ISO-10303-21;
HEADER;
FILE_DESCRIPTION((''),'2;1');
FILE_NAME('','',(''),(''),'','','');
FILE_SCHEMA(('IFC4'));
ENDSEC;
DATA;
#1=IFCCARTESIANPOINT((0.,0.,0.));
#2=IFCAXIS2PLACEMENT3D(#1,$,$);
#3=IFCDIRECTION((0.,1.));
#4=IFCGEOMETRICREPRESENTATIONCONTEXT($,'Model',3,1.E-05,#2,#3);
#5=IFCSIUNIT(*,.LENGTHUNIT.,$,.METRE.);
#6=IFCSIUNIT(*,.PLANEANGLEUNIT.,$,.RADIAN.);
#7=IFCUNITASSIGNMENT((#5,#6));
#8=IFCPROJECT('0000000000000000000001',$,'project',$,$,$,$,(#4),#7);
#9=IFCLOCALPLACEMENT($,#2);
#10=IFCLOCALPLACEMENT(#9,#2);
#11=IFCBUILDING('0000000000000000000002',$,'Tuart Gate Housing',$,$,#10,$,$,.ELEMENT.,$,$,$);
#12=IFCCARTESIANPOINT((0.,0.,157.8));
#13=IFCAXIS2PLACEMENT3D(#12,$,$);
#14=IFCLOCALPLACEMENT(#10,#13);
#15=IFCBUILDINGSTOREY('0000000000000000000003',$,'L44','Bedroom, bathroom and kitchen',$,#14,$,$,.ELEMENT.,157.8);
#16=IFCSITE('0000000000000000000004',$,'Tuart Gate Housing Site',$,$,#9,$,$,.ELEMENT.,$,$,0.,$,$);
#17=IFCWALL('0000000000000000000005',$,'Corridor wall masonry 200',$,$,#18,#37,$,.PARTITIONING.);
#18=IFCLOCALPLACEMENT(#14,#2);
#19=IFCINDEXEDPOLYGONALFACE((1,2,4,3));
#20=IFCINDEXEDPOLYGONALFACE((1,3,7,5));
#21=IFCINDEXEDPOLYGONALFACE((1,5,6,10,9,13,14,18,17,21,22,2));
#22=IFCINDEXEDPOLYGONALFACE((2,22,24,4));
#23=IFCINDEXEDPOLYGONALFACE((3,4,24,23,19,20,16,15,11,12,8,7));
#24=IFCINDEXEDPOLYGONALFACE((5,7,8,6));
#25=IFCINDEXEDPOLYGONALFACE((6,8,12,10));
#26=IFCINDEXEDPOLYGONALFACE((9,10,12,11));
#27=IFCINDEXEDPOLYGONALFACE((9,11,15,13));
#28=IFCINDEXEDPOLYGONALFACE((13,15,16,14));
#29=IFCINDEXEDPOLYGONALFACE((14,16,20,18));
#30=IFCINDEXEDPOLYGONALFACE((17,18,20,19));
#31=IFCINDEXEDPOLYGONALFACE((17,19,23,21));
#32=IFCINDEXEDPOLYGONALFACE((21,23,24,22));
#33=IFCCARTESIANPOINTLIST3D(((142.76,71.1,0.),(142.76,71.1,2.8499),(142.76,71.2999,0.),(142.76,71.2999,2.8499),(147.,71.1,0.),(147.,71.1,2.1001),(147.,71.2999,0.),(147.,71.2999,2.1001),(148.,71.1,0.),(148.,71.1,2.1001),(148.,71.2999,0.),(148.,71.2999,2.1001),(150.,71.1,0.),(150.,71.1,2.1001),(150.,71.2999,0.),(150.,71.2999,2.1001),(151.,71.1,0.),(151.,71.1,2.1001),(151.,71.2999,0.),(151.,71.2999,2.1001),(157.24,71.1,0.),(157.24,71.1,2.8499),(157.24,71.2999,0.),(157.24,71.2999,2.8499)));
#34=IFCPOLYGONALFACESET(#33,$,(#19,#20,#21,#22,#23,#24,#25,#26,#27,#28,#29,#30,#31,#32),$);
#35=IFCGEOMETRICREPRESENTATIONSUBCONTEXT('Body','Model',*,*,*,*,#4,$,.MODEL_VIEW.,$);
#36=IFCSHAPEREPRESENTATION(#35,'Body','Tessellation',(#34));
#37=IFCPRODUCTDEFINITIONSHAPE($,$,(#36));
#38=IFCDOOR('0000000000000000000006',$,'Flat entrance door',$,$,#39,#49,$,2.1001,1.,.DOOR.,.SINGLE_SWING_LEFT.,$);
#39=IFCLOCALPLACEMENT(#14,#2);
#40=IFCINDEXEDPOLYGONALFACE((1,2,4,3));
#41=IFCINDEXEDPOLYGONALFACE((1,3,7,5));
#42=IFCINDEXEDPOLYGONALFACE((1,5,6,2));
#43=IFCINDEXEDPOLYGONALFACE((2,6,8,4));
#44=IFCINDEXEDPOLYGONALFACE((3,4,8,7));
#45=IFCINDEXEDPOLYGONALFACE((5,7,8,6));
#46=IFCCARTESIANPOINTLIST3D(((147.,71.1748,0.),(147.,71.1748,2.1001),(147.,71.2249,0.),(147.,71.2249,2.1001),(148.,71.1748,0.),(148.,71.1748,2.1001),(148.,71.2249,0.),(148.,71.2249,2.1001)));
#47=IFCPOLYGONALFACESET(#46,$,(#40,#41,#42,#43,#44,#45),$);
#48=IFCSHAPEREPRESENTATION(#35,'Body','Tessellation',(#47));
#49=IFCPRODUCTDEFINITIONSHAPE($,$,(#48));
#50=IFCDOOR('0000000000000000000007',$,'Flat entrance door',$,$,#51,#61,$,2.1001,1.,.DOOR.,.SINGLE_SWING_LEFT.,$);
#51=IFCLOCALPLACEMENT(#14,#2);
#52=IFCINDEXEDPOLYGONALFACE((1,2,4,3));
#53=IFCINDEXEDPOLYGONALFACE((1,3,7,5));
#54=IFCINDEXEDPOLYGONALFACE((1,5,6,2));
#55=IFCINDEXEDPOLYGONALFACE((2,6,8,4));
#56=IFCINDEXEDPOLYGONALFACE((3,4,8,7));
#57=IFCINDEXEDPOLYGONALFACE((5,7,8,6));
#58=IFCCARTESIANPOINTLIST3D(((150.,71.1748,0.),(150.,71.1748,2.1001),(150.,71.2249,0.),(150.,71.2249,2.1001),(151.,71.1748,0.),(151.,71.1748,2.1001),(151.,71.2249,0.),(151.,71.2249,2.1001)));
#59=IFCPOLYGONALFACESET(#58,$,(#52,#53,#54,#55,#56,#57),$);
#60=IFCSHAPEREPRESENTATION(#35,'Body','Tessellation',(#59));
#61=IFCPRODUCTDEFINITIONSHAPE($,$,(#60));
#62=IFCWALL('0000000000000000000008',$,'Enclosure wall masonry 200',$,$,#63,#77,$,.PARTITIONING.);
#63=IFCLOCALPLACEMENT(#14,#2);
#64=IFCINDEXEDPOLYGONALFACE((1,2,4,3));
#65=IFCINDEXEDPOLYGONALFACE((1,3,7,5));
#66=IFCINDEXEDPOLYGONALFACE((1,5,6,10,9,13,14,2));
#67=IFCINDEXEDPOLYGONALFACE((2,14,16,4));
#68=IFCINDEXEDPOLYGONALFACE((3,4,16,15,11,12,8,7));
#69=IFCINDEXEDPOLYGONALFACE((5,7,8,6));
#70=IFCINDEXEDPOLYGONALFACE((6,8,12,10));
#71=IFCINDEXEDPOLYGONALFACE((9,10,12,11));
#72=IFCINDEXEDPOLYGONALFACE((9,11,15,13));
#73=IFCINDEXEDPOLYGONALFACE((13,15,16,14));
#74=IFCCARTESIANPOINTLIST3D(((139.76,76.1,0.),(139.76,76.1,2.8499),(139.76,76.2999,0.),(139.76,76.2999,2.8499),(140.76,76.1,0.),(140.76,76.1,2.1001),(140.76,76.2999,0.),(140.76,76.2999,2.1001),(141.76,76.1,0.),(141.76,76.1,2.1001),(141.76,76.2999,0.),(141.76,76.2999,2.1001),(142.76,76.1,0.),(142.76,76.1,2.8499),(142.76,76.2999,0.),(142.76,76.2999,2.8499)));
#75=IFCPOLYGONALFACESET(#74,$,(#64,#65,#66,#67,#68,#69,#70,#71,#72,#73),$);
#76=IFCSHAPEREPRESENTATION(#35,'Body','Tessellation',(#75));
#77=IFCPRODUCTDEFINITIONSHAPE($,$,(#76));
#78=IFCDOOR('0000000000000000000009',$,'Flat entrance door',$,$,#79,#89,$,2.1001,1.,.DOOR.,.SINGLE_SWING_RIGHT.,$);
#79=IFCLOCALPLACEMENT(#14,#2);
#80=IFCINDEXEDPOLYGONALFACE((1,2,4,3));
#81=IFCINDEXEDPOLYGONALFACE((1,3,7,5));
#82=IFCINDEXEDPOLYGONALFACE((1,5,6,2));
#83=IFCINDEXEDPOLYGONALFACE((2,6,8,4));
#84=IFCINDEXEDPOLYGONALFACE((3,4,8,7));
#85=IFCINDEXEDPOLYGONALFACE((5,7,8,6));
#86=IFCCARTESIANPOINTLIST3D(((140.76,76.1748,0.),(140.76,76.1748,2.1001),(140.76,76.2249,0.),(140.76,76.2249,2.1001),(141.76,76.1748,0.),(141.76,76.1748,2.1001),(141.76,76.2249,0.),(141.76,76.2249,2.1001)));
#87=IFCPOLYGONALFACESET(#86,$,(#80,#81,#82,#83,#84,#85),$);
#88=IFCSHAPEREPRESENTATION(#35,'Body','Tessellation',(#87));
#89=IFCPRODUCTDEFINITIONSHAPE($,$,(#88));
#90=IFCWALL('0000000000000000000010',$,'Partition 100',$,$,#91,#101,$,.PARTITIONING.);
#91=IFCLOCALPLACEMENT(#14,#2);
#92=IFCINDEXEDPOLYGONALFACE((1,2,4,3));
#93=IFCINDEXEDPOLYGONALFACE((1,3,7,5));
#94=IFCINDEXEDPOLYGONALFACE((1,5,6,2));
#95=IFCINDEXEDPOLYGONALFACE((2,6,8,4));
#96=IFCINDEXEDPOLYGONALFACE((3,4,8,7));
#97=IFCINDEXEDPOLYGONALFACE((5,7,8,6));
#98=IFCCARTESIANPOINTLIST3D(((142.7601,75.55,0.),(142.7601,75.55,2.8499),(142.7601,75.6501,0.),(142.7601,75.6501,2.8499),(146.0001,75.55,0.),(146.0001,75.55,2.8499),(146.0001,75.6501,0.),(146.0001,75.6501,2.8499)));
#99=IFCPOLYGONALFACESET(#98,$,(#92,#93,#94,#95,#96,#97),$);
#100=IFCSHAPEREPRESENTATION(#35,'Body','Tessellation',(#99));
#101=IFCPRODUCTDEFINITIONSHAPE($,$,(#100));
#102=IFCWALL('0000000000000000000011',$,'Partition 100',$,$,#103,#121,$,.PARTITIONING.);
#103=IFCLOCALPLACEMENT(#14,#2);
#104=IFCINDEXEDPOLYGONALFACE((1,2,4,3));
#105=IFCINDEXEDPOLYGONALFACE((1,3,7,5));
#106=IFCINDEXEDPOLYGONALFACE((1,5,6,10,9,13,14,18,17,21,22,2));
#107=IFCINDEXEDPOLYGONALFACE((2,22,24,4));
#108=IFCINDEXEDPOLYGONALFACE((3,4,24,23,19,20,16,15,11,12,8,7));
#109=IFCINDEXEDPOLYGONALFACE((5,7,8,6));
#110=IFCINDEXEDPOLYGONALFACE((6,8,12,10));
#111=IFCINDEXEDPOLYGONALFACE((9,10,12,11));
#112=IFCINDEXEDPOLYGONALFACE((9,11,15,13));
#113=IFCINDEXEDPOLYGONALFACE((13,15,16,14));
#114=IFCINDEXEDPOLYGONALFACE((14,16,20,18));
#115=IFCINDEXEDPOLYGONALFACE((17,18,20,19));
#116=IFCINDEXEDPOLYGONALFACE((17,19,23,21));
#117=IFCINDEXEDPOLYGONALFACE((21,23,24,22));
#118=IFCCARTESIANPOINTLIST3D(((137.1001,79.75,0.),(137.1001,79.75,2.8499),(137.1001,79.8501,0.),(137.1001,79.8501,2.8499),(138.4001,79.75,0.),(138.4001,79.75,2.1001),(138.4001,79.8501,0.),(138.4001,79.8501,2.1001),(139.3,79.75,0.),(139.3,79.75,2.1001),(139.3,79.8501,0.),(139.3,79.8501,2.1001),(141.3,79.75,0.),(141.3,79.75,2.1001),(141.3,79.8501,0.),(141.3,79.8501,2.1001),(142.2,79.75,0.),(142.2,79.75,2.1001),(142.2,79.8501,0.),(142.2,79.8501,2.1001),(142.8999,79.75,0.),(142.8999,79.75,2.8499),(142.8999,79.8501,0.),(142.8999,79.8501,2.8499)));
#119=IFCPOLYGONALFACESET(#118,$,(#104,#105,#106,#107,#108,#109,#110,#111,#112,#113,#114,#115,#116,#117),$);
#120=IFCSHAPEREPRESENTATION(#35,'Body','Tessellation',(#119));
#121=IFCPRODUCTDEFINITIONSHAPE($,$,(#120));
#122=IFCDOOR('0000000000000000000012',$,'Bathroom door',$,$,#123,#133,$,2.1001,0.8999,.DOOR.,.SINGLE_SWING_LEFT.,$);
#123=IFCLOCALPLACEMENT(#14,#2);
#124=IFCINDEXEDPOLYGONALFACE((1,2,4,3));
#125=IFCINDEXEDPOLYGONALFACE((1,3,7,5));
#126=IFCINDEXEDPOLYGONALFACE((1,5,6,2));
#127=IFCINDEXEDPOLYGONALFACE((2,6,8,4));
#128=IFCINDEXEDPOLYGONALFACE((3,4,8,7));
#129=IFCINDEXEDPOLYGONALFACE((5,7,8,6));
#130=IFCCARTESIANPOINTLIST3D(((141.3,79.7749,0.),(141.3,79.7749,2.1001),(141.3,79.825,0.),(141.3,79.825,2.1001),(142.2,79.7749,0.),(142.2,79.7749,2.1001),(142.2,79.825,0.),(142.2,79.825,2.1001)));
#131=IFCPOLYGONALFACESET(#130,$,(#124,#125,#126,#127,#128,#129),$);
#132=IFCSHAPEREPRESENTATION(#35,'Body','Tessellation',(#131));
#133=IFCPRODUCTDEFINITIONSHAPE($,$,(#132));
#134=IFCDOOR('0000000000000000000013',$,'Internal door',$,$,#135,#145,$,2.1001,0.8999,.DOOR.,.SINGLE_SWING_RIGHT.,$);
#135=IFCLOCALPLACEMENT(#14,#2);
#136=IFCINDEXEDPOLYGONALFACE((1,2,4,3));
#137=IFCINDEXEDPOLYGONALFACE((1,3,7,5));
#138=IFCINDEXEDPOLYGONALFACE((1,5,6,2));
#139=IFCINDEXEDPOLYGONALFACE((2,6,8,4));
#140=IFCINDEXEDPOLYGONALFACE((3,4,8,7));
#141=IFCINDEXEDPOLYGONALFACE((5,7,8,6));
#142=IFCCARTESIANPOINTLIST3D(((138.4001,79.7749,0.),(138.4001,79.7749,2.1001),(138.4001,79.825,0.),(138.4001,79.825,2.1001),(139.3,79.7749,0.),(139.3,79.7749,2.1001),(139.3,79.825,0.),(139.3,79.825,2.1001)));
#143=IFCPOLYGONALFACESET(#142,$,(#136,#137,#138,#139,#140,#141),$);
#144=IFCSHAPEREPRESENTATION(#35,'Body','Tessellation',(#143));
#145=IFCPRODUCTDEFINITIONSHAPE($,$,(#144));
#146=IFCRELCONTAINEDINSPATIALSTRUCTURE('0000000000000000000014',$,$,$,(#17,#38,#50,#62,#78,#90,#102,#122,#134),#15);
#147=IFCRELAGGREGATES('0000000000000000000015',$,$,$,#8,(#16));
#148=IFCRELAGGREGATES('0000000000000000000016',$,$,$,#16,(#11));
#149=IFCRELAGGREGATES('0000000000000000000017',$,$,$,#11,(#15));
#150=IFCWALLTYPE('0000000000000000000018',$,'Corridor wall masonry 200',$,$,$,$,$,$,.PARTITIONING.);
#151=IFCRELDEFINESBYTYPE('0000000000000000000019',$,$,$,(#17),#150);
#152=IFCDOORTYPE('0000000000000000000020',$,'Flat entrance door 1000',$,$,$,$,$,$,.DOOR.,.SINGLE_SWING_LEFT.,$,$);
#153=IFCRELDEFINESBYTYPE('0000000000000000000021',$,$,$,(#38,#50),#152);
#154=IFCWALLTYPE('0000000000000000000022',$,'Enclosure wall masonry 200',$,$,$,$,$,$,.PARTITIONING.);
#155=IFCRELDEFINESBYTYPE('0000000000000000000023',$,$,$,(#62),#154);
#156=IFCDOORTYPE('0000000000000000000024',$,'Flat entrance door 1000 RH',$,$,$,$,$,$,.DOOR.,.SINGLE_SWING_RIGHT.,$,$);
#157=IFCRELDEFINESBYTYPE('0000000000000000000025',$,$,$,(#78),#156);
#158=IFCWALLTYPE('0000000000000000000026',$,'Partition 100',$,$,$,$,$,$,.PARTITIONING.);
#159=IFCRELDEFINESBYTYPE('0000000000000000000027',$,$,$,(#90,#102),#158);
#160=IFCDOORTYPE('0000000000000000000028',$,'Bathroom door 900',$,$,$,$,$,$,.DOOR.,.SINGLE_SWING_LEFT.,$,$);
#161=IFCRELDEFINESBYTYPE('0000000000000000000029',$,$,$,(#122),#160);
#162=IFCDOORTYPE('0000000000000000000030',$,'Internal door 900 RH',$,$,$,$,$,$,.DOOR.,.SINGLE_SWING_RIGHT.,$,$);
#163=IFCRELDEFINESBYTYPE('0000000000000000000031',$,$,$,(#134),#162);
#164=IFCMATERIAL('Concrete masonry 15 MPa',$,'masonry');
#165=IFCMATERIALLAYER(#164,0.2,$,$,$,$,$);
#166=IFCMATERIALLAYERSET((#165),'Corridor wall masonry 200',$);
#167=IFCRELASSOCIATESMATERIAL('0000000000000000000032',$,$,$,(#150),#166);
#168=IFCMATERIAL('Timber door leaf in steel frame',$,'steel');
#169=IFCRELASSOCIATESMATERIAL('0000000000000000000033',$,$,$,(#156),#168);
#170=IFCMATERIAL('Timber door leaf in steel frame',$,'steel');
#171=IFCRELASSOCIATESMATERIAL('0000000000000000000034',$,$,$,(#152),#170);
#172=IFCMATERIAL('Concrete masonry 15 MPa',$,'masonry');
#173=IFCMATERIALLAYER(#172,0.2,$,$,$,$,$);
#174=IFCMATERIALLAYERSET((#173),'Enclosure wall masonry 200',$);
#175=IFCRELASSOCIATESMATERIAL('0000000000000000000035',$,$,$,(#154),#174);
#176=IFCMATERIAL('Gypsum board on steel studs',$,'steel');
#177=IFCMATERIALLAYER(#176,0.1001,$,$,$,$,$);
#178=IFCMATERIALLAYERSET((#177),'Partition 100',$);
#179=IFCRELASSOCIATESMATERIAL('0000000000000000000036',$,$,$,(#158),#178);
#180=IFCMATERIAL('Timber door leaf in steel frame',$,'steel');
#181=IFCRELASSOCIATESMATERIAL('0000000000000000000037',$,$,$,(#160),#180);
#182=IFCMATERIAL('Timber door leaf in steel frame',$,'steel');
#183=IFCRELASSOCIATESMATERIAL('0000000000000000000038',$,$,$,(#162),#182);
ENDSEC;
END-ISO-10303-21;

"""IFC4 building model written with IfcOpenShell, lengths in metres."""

from ifc_helpers import new_model, si_unit, direction, frame, frame_2d, origin, place, context, subcontext, project, spatial, rectangle, extrude, material, layer, layer_set, type_object, element, fill, save


model = new_model("IFC4")

# Units and contexts
model_context = context("Model", 3, precision=1e-05, world=origin(), true_north=direction((0.0, 1.0)))
body_context = subcontext(model_context, "Body", "Model", "MODEL_VIEW")
ifc_project = project(units=[si_unit("LENGTHUNIT", "METRE"), si_unit("PLANEANGLEUNIT", "RADIAN")], contexts=[model_context])

# Site, building, storey
site_placement = place(None, origin())
site = spatial("IfcSite", under=ifc_project, at=site_placement, Name="Tuart Gate Housing Site", CompositionType="ELEMENT", RefElevation=0.0)
building_placement = place(site_placement, origin())
building = spatial("IfcBuilding", under=site, at=building_placement, Name="Tuart Gate Housing", CompositionType="ELEMENT")
storey_placement = place(building_placement, frame((0.0, 0.0, 157.8)))
storey = spatial("IfcBuildingStorey", under=building, at=storey_placement, Name="L44", Description="Bedroom, bathroom and kitchen", CompositionType="ELEMENT", Elevation=157.8)

# Wall, openings, doors
ifc_material_1 = material(Name="Concrete masonry 15 MPa", Category="masonry")
ifc_layer_1 = layer(ifc_material_1, 0.2)
ifc_layer_set_1 = layer_set([ifc_layer_1], Name="Corridor wall masonry 200")
wall_type_1 = type_object("IfcWallType", Name="Corridor wall masonry 200", PredefinedType="PARTITIONING", material=ifc_layer_set_1)
ifc_material_2 = material(Name="Timber door leaf in steel frame", Category="steel")
door_type_1 = type_object("IfcDoorType", Name="Flat entrance door 1000 RH", OperationType="SINGLE_SWING_RIGHT", PredefinedType="DOOR", material=ifc_material_2)
wall_1_placement = place(storey_placement, frame((142.76, 71.2, 0.0), z_axis=(0.0, 0.0, 1.0), x_axis=(1.0, 0.0, 0.0)))
wall_1 = element("IfcWall", 1, at=wall_1_placement, inside=storey, type_object=wall_type_1, Name="Corridor wall masonry 200", PredefinedType="PARTITIONING", context=body_context, shape_type="SweptSolid", body=[
    extrude(rectangle(XDim=14.48, YDim=0.2, at=frame_2d((7.24, 0.0))), origin(), (0.0, 0.0, 1.0), 2.8499),
])
opening_1_placement = place(wall_1_placement, frame((4.24, 0.0, 0.0)))
opening_1 = element("IfcOpeningElement", 2, at=opening_1_placement, cuts=wall_1, PredefinedType="OPENING", context=body_context, shape_type="SweptSolid", body=[
    extrude(rectangle(XDim=1.0, YDim=2.1001, at=frame_2d((0.5, 1.05))), frame((0.0, 0.1099, 0.0), z_axis=(0.0, -1.0, 0.0), x_axis=(1.0, 0.0, 0.0)), (0.0, 0.0, 1.0), 0.22),
])
opening_2_placement = place(wall_1_placement, frame((7.24, 0.0, 0.0)))
opening_2 = element("IfcOpeningElement", 3, at=opening_2_placement, cuts=wall_1, PredefinedType="OPENING", context=body_context, shape_type="SweptSolid", body=[
    extrude(rectangle(XDim=1.0, YDim=2.1001, at=frame_2d((0.5, 1.05))), frame((0.0, 0.1099, 0.0), z_axis=(0.0, -1.0, 0.0), x_axis=(1.0, 0.0, 0.0)), (0.0, 0.0, 1.0), 0.22),
])
ifc_material_3 = material(Name="Timber door leaf in steel frame", Category="steel")
door_type_2 = type_object("IfcDoorType", Name="Flat entrance door 1000", OperationType="SINGLE_SWING_LEFT", PredefinedType="DOOR", material=ifc_material_3)
door_1_placement = place(opening_1_placement, origin())
door_1 = element("IfcDoor", 4, at=door_1_placement, inside=storey, type_object=door_type_2, Name="Flat entrance door", OperationType="SINGLE_SWING_LEFT", OverallHeight=2.1001, OverallWidth=1.0, PredefinedType="DOOR", context=body_context, shape_type="SweptSolid", body=[
    extrude(rectangle(XDim=1.0, YDim=2.1001, at=frame_2d((0.5, 1.05))), frame((0.0, 0.0249, 0.0), z_axis=(0.0, -1.0, 0.0), x_axis=(1.0, 0.0, 0.0)), (0.0, 0.0, 1.0), 0.05),
])
fill(opening_1, door_1)
door_2_placement = place(opening_2_placement, origin())
door_2 = element("IfcDoor", 5, at=door_2_placement, inside=storey, type_object=door_type_2, Name="Flat entrance door", OperationType="SINGLE_SWING_LEFT", OverallHeight=2.1001, OverallWidth=1.0, PredefinedType="DOOR", context=body_context, shape_type="SweptSolid", body=[
    extrude(rectangle(XDim=1.0, YDim=2.1001, at=frame_2d((0.5, 1.05))), frame((0.0, 0.0249, 0.0), z_axis=(0.0, -1.0, 0.0), x_axis=(1.0, 0.0, 0.0)), (0.0, 0.0, 1.0), 0.05),
])
fill(opening_2, door_2)

# Wall, opening, door
ifc_material_4 = material(Name="Concrete masonry 15 MPa", Category="masonry")
ifc_layer_2 = layer(ifc_material_4, 0.2)
ifc_layer_set_2 = layer_set([ifc_layer_2], Name="Enclosure wall masonry 200")
wall_type_2 = type_object("IfcWallType", Name="Enclosure wall masonry 200", PredefinedType="PARTITIONING", material=ifc_layer_set_2)
wall_2_placement = place(storey_placement, frame((139.76, 76.2, 0.0), z_axis=(0.0, 0.0, 1.0), x_axis=(1.0, 0.0, 0.0)))
wall_2 = element("IfcWall", 6, at=wall_2_placement, inside=storey, type_object=wall_type_2, Name="Enclosure wall masonry 200", PredefinedType="PARTITIONING", context=body_context, shape_type="SweptSolid", body=[
    extrude(rectangle(XDim=3.0, YDim=0.2, at=frame_2d((1.5, 0.0))), origin(), (0.0, 0.0, 1.0), 2.8499),
])
opening_3_placement = place(wall_2_placement, frame((1.0, 0.0, 0.0)))
opening_3 = element("IfcOpeningElement", 7, at=opening_3_placement, cuts=wall_2, PredefinedType="OPENING", context=body_context, shape_type="SweptSolid", body=[
    extrude(rectangle(XDim=1.0, YDim=2.1001, at=frame_2d((0.5, 1.05))), frame((0.0, 0.1099, 0.0), z_axis=(0.0, -1.0, 0.0), x_axis=(1.0, 0.0, 0.0)), (0.0, 0.0, 1.0), 0.22),
])
door_3_placement = place(opening_3_placement, origin())
door_3 = element("IfcDoor", 8, at=door_3_placement, inside=storey, type_object=door_type_1, Name="Flat entrance door", OperationType="SINGLE_SWING_RIGHT", OverallHeight=2.1001, OverallWidth=1.0, PredefinedType="DOOR", context=body_context, shape_type="SweptSolid", body=[
    extrude(rectangle(XDim=1.0, YDim=2.1001, at=frame_2d((0.5, 1.05))), frame((0.0, 0.0249, 0.0), z_axis=(0.0, -1.0, 0.0), x_axis=(1.0, 0.0, 0.0)), (0.0, 0.0, 1.0), 0.05),
])
fill(opening_3, door_3)

# Wall
ifc_material_5 = material(Name="Gypsum board on steel studs", Category="steel")
ifc_layer_3 = layer(ifc_material_5, 0.1001)
ifc_layer_set_3 = layer_set([ifc_layer_3], Name="Partition 100")
wall_type_3 = type_object("IfcWallType", Name="Partition 100", PredefinedType="PARTITIONING", material=ifc_layer_set_3)
wall_3_placement = place(storey_placement, frame((142.76, 75.6001, 0.0), z_axis=(0.0, 0.0, 1.0), x_axis=(1.0, 0.0, 0.0)))
element("IfcWall", 9, at=wall_3_placement, inside=storey, type_object=wall_type_3, Name="Partition 100", PredefinedType="PARTITIONING", context=body_context, shape_type="SweptSolid", body=[
    extrude(rectangle(XDim=3.24, YDim=0.1001, at=frame_2d((1.6201, 0.0))), origin(), (0.0, 0.0, 1.0), 2.8499),
])

# Wall, openings, doors
wall_4_placement = place(storey_placement, frame((137.1001, 79.8, 0.0), z_axis=(0.0, 0.0, 1.0), x_axis=(1.0, 0.0, 0.0)))
wall_4 = element("IfcWall", 10, at=wall_4_placement, inside=storey, type_object=wall_type_3, Name="Partition 100", PredefinedType="PARTITIONING", context=body_context, shape_type="SweptSolid", body=[
    extrude(rectangle(XDim=5.7998, YDim=0.1001, at=frame_2d((2.8999, 0.0))), origin(), (0.0, 0.0, 1.0), 2.8499),
])
opening_4_placement = place(wall_4_placement, frame((1.3, 0.0, 0.0)))
opening_4 = element("IfcOpeningElement", 11, at=opening_4_placement, cuts=wall_4, PredefinedType="OPENING", context=body_context, shape_type="SweptSolid", body=[
    extrude(rectangle(XDim=0.8999, YDim=2.1001, at=frame_2d((0.45, 1.05))), frame((0.0, 0.0601, 0.0), z_axis=(0.0, -1.0, 0.0), x_axis=(1.0, 0.0, 0.0)), (0.0, 0.0, 1.0), 0.1201),
])
opening_5_placement = place(wall_4_placement, frame((4.2, 0.0, 0.0)))
opening_5 = element("IfcOpeningElement", 12, at=opening_5_placement, cuts=wall_4, PredefinedType="OPENING", context=body_context, shape_type="SweptSolid", body=[
    extrude(rectangle(XDim=0.8999, YDim=2.1001, at=frame_2d((0.45, 1.05))), frame((0.0, 0.0601, 0.0), z_axis=(0.0, -1.0, 0.0), x_axis=(1.0, 0.0, 0.0)), (0.0, 0.0, 1.0), 0.1201),
])
ifc_material_6 = material(Name="Timber door leaf in steel frame", Category="steel")
door_type_3 = type_object("IfcDoorType", Name="Bathroom door 900", OperationType="SINGLE_SWING_LEFT", PredefinedType="DOOR", material=ifc_material_6)
door_4_placement = place(opening_5_placement, origin())
door_4 = element("IfcDoor", 13, at=door_4_placement, inside=storey, type_object=door_type_3, Name="Bathroom door", OperationType="SINGLE_SWING_LEFT", OverallHeight=2.1001, OverallWidth=0.8999, PredefinedType="DOOR", context=body_context, shape_type="SweptSolid", body=[
    extrude(rectangle(XDim=0.8999, YDim=2.1001, at=frame_2d((0.45, 1.05))), frame((0.0, 0.0249, 0.0), z_axis=(0.0, -1.0, 0.0), x_axis=(1.0, 0.0, 0.0)), (0.0, 0.0, 1.0), 0.05),
])
fill(opening_5, door_4)
ifc_material_7 = material(Name="Timber door leaf in steel frame", Category="steel")
door_type_4 = type_object("IfcDoorType", Name="Internal door 900 RH", OperationType="SINGLE_SWING_RIGHT", PredefinedType="DOOR", material=ifc_material_7)
door_5_placement = place(opening_4_placement, origin())
door_5 = element("IfcDoor", 14, at=door_5_placement, inside=storey, type_object=door_type_4, Name="Internal door", OperationType="SINGLE_SWING_RIGHT", OverallHeight=2.1001, OverallWidth=0.8999, PredefinedType="DOOR", context=body_context, shape_type="SweptSolid", body=[
    extrude(rectangle(XDim=0.8999, YDim=2.1001, at=frame_2d((0.45, 1.05))), frame((0.0, 0.0249, 0.0), z_axis=(0.0, -1.0, 0.0), x_axis=(1.0, 0.0, 0.0)), (0.0, 0.0, 1.0), 0.05),
])
fill(opening_4, door_5)

save(model, "model.ifc")
